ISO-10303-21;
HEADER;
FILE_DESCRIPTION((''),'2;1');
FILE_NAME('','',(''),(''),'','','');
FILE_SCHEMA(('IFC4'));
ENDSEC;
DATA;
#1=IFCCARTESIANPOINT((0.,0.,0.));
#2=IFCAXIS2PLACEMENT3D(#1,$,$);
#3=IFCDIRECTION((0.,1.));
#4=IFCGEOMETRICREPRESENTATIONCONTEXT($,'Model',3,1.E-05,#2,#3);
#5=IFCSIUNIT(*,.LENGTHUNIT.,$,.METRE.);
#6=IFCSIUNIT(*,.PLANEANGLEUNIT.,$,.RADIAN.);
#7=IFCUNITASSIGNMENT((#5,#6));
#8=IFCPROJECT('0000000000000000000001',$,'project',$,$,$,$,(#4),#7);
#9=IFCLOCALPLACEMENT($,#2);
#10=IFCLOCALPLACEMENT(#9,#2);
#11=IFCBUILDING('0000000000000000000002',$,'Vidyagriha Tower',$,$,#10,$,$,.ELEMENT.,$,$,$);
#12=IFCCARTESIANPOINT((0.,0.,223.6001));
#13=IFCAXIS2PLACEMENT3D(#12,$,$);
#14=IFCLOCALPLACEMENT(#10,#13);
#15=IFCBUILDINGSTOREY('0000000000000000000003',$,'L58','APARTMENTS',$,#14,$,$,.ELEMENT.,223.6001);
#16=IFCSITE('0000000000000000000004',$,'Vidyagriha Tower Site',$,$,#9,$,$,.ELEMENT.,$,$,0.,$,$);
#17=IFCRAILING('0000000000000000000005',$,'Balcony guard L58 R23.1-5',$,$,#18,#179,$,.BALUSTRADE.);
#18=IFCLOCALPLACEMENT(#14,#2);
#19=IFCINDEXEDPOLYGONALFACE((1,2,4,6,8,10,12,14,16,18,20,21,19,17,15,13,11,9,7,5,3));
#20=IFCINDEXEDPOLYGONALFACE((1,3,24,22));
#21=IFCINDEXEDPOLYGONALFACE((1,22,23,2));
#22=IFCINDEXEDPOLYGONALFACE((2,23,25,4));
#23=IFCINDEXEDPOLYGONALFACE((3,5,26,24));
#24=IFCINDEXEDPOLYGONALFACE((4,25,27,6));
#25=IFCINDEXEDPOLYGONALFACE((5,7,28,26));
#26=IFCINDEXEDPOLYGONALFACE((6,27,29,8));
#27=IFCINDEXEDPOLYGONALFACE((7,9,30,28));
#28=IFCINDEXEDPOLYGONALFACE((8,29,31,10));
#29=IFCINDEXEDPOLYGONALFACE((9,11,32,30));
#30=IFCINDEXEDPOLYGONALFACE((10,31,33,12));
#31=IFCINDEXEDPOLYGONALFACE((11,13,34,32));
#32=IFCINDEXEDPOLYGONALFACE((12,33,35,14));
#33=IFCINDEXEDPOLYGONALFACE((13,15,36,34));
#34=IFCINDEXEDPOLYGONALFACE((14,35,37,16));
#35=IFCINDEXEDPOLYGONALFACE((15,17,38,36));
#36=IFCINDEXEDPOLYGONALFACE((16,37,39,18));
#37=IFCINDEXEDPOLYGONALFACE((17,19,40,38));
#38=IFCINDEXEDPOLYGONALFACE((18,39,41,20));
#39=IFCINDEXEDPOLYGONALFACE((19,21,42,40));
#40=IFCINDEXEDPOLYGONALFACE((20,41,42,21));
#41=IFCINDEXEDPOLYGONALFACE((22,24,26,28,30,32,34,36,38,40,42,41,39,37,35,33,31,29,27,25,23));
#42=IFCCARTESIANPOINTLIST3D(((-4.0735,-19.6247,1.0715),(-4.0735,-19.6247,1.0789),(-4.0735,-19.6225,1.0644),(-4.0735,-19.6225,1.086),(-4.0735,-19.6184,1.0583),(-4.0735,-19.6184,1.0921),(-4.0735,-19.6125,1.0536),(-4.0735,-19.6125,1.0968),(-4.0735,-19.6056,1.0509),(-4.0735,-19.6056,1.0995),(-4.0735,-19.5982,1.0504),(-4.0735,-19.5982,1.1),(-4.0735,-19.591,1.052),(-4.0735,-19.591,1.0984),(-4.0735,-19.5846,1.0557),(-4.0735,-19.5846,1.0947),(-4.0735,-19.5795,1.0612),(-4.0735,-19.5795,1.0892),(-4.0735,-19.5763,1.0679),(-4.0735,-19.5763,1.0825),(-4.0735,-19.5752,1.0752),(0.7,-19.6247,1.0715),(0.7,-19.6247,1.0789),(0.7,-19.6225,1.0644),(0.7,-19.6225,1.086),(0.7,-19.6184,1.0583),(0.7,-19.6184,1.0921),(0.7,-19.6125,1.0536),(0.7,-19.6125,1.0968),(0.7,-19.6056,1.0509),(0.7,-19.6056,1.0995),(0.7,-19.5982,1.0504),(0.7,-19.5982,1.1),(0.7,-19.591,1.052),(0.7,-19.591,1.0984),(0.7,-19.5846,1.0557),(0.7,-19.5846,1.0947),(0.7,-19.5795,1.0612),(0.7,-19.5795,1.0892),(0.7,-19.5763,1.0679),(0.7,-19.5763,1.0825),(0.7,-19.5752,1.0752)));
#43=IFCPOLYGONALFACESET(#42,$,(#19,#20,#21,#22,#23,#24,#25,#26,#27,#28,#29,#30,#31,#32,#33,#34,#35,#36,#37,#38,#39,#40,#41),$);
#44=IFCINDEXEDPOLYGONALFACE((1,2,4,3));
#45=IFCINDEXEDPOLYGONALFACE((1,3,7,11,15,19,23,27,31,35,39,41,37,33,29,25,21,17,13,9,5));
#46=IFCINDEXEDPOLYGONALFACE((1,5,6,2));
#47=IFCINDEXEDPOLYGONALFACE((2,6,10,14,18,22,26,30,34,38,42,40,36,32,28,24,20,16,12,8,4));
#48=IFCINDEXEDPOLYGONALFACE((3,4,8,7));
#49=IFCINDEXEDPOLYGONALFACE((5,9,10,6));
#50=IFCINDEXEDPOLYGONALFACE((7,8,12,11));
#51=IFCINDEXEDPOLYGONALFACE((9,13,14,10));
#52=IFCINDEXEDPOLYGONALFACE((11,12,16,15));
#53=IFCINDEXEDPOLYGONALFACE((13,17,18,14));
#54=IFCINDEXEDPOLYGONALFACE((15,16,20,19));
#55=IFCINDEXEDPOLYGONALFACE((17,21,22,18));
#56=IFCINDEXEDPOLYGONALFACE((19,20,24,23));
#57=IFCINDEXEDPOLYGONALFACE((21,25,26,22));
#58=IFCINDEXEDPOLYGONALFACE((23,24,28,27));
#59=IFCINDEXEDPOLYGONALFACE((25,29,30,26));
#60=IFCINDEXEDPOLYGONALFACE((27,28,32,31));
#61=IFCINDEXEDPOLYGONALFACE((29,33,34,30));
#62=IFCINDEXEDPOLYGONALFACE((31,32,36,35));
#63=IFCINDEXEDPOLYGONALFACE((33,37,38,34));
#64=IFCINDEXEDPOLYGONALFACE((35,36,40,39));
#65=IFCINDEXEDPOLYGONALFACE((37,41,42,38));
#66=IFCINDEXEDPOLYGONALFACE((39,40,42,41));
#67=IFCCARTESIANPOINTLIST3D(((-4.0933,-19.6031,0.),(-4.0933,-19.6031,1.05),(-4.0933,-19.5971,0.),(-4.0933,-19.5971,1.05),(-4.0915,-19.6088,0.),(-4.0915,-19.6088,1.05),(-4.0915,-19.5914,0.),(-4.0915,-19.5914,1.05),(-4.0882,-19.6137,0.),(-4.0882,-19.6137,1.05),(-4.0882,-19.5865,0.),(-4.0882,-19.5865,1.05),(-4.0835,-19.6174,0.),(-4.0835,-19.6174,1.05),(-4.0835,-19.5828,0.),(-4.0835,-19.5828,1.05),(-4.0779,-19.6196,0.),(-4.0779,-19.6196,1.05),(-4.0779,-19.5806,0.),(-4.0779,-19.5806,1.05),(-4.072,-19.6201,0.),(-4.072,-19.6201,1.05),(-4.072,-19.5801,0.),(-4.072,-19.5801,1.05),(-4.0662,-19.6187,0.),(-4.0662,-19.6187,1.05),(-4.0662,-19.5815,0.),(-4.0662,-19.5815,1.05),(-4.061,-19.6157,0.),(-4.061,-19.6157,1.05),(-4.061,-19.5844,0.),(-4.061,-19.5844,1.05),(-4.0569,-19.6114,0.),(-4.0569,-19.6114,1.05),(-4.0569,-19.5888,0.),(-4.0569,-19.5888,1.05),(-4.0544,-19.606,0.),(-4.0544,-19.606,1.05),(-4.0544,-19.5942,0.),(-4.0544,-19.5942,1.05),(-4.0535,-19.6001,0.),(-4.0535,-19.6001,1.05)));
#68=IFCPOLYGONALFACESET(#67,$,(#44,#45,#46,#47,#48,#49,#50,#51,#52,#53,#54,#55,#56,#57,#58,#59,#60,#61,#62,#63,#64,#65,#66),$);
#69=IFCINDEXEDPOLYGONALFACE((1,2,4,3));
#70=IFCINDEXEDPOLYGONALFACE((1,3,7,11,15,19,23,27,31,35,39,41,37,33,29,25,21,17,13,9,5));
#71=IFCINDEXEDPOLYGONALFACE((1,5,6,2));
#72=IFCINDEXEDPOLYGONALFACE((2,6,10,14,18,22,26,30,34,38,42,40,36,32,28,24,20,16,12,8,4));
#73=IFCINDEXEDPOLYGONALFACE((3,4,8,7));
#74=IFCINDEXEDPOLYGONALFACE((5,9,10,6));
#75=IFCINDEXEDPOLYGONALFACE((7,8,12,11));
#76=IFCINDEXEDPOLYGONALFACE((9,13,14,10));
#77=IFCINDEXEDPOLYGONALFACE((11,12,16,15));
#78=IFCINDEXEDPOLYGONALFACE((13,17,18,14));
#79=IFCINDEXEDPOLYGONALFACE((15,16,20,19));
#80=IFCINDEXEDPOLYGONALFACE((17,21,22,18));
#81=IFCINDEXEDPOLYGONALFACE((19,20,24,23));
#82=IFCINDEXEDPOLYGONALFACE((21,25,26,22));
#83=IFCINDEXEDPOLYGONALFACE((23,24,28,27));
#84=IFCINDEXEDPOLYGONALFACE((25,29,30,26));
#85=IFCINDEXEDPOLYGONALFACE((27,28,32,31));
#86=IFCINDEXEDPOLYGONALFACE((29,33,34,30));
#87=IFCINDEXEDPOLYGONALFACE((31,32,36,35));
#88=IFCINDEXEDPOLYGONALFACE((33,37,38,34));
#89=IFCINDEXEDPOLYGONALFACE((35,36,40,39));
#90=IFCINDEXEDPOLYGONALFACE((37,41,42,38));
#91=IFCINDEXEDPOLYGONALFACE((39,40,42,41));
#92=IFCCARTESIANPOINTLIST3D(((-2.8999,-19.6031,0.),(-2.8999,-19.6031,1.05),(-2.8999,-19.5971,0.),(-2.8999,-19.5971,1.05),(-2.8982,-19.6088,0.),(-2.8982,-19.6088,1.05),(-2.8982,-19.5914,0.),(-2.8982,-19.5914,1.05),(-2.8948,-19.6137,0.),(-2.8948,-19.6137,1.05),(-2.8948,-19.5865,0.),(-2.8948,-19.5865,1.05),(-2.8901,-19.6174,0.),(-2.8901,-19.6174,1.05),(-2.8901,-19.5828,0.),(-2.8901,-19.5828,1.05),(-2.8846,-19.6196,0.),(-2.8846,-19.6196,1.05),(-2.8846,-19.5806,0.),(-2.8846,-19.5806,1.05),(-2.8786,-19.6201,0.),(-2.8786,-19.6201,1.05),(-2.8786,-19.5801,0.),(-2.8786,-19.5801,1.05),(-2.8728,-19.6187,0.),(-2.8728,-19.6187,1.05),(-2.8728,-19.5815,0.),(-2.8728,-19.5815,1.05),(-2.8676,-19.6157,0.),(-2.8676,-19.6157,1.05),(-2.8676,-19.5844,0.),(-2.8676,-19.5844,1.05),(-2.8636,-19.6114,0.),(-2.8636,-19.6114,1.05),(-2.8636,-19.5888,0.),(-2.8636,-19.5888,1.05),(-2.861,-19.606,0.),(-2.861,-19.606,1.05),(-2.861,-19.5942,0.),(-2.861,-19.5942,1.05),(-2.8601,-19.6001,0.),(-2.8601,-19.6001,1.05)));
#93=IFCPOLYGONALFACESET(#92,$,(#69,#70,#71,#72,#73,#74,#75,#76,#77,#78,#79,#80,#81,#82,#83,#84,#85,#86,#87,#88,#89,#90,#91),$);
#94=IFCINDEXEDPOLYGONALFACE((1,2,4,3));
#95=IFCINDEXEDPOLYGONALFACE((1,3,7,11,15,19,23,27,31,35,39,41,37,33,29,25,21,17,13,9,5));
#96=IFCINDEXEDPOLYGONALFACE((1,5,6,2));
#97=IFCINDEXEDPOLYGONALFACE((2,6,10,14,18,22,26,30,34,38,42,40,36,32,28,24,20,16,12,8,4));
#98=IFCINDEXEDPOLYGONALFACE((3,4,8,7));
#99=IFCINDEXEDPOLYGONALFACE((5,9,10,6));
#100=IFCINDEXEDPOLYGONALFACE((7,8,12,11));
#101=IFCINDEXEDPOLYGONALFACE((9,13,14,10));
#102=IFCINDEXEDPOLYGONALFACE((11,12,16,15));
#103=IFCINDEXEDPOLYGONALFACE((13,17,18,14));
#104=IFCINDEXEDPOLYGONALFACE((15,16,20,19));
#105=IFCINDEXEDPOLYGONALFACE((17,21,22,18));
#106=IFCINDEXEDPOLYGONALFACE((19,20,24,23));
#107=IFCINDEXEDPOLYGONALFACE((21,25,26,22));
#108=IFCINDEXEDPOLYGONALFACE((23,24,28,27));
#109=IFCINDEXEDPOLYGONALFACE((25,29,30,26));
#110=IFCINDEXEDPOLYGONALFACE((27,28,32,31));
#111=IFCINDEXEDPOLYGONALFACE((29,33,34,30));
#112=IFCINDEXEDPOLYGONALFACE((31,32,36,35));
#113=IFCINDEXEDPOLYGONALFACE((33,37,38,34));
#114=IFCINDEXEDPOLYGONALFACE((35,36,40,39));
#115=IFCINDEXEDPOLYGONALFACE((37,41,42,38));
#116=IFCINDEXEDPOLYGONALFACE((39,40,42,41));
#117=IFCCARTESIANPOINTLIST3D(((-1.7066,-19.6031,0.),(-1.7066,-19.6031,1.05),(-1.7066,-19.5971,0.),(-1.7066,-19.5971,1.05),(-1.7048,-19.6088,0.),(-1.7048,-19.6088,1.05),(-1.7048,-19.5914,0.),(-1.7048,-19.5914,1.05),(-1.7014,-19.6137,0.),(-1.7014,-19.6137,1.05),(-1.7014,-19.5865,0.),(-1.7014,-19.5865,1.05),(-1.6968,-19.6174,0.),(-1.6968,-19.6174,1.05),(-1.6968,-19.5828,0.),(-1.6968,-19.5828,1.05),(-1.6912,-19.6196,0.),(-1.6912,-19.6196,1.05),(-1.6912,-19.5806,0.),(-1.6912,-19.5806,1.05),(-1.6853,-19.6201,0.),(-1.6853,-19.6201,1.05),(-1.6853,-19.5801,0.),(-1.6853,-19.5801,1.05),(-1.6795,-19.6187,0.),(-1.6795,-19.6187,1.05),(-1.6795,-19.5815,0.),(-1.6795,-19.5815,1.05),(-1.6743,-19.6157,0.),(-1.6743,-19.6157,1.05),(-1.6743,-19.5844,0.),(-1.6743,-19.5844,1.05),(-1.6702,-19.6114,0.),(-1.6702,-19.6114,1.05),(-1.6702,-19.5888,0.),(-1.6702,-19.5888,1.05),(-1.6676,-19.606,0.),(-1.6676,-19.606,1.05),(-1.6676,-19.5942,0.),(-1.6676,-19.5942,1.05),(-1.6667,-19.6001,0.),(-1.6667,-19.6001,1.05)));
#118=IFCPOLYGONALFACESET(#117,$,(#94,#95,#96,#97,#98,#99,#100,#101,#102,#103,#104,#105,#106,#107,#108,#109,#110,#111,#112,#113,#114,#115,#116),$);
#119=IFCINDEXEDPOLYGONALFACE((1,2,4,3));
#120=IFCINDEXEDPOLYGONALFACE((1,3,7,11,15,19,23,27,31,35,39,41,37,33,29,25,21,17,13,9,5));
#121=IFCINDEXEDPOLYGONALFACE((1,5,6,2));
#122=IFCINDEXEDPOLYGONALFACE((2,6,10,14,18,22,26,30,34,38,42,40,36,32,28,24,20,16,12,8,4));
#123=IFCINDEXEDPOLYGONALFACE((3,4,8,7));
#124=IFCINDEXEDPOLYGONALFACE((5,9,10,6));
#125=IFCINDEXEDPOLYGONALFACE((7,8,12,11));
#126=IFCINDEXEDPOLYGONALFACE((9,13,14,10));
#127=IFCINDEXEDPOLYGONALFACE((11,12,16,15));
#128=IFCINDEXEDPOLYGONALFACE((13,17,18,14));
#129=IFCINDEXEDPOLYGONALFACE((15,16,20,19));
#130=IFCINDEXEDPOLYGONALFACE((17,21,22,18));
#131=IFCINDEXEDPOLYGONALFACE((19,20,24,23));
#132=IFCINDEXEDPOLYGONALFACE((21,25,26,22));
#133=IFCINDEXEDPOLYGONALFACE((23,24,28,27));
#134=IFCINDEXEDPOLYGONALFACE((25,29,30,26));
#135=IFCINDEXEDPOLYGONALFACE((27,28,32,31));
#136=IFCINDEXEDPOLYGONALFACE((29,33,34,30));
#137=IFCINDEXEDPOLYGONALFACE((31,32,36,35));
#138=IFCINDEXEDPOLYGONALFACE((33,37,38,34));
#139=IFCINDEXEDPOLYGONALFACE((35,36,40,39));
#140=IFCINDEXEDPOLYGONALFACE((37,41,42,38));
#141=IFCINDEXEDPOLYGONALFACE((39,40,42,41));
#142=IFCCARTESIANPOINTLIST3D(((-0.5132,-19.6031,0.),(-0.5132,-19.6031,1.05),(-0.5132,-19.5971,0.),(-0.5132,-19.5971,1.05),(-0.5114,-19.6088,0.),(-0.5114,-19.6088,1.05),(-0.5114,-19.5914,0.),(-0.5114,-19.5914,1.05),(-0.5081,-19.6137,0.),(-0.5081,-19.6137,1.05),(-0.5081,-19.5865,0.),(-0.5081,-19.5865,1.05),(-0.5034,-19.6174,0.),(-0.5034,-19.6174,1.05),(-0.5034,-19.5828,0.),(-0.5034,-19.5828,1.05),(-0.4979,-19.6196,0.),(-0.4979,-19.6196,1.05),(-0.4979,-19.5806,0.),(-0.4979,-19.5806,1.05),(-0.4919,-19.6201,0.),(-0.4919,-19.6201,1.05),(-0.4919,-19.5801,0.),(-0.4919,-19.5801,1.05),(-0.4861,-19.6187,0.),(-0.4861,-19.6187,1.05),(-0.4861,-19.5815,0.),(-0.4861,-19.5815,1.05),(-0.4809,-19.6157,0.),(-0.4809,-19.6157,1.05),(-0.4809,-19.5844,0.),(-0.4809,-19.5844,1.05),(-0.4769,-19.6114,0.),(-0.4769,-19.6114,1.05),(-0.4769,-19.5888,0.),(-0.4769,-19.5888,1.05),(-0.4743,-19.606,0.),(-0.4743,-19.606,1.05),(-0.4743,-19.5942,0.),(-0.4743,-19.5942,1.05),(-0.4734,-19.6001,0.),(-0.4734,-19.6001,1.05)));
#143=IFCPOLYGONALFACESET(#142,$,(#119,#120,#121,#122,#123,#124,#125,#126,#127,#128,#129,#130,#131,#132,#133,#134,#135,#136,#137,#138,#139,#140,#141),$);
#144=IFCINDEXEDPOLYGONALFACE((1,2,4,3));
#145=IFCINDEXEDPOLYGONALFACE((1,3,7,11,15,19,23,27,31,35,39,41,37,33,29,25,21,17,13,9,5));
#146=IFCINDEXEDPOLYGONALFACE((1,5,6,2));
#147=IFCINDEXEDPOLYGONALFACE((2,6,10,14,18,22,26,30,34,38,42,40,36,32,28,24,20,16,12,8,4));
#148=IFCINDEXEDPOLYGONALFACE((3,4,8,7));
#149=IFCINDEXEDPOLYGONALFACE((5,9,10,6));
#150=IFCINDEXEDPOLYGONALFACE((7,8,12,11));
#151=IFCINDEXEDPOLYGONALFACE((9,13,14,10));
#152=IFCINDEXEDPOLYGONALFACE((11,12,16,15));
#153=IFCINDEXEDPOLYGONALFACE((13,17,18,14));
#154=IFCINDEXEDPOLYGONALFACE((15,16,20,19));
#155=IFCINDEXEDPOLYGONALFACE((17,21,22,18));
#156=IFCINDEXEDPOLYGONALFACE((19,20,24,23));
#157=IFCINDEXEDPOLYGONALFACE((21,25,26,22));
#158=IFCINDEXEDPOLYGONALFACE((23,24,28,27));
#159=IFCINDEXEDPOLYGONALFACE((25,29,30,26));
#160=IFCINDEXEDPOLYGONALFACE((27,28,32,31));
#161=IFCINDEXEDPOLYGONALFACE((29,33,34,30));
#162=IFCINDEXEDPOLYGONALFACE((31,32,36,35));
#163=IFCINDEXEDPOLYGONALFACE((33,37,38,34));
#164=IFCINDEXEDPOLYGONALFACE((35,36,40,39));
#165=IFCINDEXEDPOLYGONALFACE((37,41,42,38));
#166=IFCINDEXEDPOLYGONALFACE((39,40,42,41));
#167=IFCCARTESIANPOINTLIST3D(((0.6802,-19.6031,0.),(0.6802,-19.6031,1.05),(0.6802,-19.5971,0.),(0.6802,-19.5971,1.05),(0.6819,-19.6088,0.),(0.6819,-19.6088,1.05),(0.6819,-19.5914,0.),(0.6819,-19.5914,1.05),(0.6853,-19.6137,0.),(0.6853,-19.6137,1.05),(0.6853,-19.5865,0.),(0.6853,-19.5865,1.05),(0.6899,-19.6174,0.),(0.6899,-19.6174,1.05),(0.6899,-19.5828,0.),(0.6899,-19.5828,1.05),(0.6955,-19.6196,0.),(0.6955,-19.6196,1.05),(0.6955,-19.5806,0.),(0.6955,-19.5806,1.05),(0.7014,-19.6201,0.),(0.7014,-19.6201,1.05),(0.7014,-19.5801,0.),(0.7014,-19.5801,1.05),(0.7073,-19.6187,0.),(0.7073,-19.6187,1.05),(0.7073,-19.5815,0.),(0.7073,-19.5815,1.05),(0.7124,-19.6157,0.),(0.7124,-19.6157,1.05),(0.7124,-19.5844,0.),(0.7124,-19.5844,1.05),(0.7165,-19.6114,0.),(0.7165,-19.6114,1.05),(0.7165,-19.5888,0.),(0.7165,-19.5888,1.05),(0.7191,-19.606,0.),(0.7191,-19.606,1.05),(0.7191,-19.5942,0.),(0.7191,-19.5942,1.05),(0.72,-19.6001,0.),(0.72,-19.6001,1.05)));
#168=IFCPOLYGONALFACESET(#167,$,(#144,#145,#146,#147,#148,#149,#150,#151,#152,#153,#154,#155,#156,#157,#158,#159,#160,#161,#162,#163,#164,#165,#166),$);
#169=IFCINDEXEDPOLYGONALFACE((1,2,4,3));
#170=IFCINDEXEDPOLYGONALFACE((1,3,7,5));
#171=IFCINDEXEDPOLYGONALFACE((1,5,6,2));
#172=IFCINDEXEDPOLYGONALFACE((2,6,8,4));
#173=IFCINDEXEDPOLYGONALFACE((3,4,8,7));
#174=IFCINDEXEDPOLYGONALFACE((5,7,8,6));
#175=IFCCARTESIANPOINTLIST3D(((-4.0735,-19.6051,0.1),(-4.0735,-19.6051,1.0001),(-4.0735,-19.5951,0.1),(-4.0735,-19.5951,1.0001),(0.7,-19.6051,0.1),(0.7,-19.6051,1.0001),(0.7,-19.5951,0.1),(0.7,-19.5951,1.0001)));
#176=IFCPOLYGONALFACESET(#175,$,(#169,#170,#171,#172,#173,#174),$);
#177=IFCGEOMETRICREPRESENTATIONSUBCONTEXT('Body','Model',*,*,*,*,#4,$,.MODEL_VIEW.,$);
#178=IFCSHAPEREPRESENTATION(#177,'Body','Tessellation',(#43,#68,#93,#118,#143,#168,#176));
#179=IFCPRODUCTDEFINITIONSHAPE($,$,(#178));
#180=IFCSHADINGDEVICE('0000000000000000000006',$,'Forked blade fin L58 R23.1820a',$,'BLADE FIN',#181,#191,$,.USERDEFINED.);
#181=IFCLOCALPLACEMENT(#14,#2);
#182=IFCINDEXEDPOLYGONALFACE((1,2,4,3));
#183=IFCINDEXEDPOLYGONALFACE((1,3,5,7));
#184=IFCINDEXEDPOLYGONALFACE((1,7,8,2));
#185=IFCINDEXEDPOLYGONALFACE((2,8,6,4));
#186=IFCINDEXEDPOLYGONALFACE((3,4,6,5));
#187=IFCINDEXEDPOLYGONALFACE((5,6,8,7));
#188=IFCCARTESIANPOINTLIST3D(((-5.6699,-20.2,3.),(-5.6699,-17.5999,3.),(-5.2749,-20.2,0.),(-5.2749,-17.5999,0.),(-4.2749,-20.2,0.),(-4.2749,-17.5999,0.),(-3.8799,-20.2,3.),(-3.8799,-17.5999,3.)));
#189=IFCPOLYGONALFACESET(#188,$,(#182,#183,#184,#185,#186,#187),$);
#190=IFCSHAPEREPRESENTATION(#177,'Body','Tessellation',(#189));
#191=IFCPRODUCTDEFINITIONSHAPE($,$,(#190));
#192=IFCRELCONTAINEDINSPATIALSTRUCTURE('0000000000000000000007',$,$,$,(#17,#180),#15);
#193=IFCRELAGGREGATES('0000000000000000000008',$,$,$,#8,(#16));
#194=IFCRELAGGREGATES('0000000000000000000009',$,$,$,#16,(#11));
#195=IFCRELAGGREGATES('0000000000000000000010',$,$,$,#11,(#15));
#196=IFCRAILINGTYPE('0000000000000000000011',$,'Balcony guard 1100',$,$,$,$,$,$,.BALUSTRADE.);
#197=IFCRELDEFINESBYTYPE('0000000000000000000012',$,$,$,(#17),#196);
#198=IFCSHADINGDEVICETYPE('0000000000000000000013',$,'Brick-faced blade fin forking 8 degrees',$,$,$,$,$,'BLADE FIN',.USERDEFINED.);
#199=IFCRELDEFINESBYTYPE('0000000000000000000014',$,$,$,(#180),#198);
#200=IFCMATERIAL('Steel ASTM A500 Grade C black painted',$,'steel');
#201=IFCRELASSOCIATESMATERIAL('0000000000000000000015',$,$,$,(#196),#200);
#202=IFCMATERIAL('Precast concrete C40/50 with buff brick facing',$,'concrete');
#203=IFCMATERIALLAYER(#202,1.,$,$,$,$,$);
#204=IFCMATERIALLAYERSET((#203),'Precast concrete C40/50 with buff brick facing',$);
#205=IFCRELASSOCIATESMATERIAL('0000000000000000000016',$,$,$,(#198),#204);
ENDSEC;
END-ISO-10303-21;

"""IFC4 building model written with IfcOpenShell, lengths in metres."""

from ifc_helpers import new_model, si_unit, direction, frame, origin, origin_2d, place, context, subcontext, project, spatial, polyline, rectangle, circle, outline, extrude, material, layer, layer_set, type_object, element, save


model = new_model("IFC4")

# Units and contexts
model_context = context("Model", 3, precision=1e-05, world=origin(), true_north=direction((0.0, 1.0)))
body_context = subcontext(model_context, "Body", "Model", "MODEL_VIEW")
ifc_project = project(units=[si_unit("LENGTHUNIT", "METRE"), si_unit("PLANEANGLEUNIT", "RADIAN")], contexts=[model_context])

# Site, building, storey
site_placement = place(None, origin())
site = spatial("IfcSite", under=ifc_project, at=site_placement, Name="Vidyagriha Tower Site", CompositionType="ELEMENT", RefElevation=0.0)
building_placement = place(site_placement, origin())
building = spatial("IfcBuilding", under=site, at=building_placement, Name="Vidyagriha Tower", CompositionType="ELEMENT")
storey_placement = place(building_placement, frame((0.0, 0.0, 223.6001)))
storey = spatial("IfcBuildingStorey", under=building, at=storey_placement, Name="L58", Description="APARTMENTS", CompositionType="ELEMENT", Elevation=223.6001)

# Railing
ifc_material_1 = material(Name="Steel ASTM A500 Grade C black painted", Category="steel")
railing_type = type_object("IfcRailingType", Name="Balcony guard 1100", PredefinedType="BALUSTRADE", material=ifc_material_1)
railing_placement = place(storey_placement, frame((-4.0735, -19.6001, 0.0)))
element("IfcRailing", 1, at=railing_placement, inside=storey, type_object=railing_type, Name="Balcony guard L58 R23.1-5", PredefinedType="BALUSTRADE", context=body_context, shape_type="SweptSolid", body=[
    extrude(circle(Radius=0.0249, at=origin_2d()), frame((0.0, 0.0, 1.0752), z_axis=(1.0, 0.0, 0.0), x_axis=(0.0, 1.0, 0.0)), (0.0, 0.0, 1.0), 4.7734),
    extrude(circle(Radius=0.02, at=origin_2d()), origin(), (0.0, 0.0, 1.0), 1.05),
    extrude(circle(Radius=0.02, at=origin_2d()), frame((1.1934, 0.0, 0.0)), (0.0, 0.0, 1.0), 1.05),
    extrude(circle(Radius=0.02, at=origin_2d()), frame((2.3867, 0.0, 0.0)), (0.0, 0.0, 1.0), 1.05),
    extrude(circle(Radius=0.02, at=origin_2d()), frame((3.5801, 0.0, 0.0)), (0.0, 0.0, 1.0), 1.05),
    extrude(circle(Radius=0.02, at=origin_2d()), frame((4.7734, 0.0, 0.0)), (0.0, 0.0, 1.0), 1.05),
    extrude(rectangle(XDim=0.01, YDim=0.9001, at=origin_2d()), frame((0.0, 0.0, 0.55), z_axis=(1.0, 0.0, 0.0), x_axis=(0.0, 1.0, 0.0)), (0.0, 0.0, 1.0), 4.7734),
])

# Shading device
ifc_material_2 = material(Name="Precast concrete C40/50 with buff brick facing", Category="concrete")
ifc_layer_1 = layer(ifc_material_2, 1.0)
ifc_layer_set_1 = layer_set([ifc_layer_1], Name="Precast concrete C40/50 with buff brick facing")
shading_device_type = type_object("IfcShadingDeviceType", Name="Brick-faced blade fin forking 8 degrees", ElementType="BLADE FIN", PredefinedType="USERDEFINED", material=ifc_layer_set_1)
shading_device_placement = place(storey_placement, frame((-5.6699, -18.8999, 0.0)))
element("IfcShadingDevice", 2, at=shading_device_placement, inside=storey, type_object=shading_device_type, Name="Forked blade fin L58 R23.1820a", ObjectType="BLADE FIN", PredefinedType="USERDEFINED", context=body_context, shape_type="SweptSolid", body=[
    extrude(outline(polyline([(0.395, 0.0), (1.395, 0.0), (1.79, 3.0), (0.0, 3.0), (0.395, 0.0)])), frame((0.0, 1.3, 0.0), z_axis=(0.0, -1.0, 0.0), x_axis=(1.0, 0.0, 0.0)), (0.0, 0.0, 1.0), 2.6001),
])

save(model, "model.ifc")
